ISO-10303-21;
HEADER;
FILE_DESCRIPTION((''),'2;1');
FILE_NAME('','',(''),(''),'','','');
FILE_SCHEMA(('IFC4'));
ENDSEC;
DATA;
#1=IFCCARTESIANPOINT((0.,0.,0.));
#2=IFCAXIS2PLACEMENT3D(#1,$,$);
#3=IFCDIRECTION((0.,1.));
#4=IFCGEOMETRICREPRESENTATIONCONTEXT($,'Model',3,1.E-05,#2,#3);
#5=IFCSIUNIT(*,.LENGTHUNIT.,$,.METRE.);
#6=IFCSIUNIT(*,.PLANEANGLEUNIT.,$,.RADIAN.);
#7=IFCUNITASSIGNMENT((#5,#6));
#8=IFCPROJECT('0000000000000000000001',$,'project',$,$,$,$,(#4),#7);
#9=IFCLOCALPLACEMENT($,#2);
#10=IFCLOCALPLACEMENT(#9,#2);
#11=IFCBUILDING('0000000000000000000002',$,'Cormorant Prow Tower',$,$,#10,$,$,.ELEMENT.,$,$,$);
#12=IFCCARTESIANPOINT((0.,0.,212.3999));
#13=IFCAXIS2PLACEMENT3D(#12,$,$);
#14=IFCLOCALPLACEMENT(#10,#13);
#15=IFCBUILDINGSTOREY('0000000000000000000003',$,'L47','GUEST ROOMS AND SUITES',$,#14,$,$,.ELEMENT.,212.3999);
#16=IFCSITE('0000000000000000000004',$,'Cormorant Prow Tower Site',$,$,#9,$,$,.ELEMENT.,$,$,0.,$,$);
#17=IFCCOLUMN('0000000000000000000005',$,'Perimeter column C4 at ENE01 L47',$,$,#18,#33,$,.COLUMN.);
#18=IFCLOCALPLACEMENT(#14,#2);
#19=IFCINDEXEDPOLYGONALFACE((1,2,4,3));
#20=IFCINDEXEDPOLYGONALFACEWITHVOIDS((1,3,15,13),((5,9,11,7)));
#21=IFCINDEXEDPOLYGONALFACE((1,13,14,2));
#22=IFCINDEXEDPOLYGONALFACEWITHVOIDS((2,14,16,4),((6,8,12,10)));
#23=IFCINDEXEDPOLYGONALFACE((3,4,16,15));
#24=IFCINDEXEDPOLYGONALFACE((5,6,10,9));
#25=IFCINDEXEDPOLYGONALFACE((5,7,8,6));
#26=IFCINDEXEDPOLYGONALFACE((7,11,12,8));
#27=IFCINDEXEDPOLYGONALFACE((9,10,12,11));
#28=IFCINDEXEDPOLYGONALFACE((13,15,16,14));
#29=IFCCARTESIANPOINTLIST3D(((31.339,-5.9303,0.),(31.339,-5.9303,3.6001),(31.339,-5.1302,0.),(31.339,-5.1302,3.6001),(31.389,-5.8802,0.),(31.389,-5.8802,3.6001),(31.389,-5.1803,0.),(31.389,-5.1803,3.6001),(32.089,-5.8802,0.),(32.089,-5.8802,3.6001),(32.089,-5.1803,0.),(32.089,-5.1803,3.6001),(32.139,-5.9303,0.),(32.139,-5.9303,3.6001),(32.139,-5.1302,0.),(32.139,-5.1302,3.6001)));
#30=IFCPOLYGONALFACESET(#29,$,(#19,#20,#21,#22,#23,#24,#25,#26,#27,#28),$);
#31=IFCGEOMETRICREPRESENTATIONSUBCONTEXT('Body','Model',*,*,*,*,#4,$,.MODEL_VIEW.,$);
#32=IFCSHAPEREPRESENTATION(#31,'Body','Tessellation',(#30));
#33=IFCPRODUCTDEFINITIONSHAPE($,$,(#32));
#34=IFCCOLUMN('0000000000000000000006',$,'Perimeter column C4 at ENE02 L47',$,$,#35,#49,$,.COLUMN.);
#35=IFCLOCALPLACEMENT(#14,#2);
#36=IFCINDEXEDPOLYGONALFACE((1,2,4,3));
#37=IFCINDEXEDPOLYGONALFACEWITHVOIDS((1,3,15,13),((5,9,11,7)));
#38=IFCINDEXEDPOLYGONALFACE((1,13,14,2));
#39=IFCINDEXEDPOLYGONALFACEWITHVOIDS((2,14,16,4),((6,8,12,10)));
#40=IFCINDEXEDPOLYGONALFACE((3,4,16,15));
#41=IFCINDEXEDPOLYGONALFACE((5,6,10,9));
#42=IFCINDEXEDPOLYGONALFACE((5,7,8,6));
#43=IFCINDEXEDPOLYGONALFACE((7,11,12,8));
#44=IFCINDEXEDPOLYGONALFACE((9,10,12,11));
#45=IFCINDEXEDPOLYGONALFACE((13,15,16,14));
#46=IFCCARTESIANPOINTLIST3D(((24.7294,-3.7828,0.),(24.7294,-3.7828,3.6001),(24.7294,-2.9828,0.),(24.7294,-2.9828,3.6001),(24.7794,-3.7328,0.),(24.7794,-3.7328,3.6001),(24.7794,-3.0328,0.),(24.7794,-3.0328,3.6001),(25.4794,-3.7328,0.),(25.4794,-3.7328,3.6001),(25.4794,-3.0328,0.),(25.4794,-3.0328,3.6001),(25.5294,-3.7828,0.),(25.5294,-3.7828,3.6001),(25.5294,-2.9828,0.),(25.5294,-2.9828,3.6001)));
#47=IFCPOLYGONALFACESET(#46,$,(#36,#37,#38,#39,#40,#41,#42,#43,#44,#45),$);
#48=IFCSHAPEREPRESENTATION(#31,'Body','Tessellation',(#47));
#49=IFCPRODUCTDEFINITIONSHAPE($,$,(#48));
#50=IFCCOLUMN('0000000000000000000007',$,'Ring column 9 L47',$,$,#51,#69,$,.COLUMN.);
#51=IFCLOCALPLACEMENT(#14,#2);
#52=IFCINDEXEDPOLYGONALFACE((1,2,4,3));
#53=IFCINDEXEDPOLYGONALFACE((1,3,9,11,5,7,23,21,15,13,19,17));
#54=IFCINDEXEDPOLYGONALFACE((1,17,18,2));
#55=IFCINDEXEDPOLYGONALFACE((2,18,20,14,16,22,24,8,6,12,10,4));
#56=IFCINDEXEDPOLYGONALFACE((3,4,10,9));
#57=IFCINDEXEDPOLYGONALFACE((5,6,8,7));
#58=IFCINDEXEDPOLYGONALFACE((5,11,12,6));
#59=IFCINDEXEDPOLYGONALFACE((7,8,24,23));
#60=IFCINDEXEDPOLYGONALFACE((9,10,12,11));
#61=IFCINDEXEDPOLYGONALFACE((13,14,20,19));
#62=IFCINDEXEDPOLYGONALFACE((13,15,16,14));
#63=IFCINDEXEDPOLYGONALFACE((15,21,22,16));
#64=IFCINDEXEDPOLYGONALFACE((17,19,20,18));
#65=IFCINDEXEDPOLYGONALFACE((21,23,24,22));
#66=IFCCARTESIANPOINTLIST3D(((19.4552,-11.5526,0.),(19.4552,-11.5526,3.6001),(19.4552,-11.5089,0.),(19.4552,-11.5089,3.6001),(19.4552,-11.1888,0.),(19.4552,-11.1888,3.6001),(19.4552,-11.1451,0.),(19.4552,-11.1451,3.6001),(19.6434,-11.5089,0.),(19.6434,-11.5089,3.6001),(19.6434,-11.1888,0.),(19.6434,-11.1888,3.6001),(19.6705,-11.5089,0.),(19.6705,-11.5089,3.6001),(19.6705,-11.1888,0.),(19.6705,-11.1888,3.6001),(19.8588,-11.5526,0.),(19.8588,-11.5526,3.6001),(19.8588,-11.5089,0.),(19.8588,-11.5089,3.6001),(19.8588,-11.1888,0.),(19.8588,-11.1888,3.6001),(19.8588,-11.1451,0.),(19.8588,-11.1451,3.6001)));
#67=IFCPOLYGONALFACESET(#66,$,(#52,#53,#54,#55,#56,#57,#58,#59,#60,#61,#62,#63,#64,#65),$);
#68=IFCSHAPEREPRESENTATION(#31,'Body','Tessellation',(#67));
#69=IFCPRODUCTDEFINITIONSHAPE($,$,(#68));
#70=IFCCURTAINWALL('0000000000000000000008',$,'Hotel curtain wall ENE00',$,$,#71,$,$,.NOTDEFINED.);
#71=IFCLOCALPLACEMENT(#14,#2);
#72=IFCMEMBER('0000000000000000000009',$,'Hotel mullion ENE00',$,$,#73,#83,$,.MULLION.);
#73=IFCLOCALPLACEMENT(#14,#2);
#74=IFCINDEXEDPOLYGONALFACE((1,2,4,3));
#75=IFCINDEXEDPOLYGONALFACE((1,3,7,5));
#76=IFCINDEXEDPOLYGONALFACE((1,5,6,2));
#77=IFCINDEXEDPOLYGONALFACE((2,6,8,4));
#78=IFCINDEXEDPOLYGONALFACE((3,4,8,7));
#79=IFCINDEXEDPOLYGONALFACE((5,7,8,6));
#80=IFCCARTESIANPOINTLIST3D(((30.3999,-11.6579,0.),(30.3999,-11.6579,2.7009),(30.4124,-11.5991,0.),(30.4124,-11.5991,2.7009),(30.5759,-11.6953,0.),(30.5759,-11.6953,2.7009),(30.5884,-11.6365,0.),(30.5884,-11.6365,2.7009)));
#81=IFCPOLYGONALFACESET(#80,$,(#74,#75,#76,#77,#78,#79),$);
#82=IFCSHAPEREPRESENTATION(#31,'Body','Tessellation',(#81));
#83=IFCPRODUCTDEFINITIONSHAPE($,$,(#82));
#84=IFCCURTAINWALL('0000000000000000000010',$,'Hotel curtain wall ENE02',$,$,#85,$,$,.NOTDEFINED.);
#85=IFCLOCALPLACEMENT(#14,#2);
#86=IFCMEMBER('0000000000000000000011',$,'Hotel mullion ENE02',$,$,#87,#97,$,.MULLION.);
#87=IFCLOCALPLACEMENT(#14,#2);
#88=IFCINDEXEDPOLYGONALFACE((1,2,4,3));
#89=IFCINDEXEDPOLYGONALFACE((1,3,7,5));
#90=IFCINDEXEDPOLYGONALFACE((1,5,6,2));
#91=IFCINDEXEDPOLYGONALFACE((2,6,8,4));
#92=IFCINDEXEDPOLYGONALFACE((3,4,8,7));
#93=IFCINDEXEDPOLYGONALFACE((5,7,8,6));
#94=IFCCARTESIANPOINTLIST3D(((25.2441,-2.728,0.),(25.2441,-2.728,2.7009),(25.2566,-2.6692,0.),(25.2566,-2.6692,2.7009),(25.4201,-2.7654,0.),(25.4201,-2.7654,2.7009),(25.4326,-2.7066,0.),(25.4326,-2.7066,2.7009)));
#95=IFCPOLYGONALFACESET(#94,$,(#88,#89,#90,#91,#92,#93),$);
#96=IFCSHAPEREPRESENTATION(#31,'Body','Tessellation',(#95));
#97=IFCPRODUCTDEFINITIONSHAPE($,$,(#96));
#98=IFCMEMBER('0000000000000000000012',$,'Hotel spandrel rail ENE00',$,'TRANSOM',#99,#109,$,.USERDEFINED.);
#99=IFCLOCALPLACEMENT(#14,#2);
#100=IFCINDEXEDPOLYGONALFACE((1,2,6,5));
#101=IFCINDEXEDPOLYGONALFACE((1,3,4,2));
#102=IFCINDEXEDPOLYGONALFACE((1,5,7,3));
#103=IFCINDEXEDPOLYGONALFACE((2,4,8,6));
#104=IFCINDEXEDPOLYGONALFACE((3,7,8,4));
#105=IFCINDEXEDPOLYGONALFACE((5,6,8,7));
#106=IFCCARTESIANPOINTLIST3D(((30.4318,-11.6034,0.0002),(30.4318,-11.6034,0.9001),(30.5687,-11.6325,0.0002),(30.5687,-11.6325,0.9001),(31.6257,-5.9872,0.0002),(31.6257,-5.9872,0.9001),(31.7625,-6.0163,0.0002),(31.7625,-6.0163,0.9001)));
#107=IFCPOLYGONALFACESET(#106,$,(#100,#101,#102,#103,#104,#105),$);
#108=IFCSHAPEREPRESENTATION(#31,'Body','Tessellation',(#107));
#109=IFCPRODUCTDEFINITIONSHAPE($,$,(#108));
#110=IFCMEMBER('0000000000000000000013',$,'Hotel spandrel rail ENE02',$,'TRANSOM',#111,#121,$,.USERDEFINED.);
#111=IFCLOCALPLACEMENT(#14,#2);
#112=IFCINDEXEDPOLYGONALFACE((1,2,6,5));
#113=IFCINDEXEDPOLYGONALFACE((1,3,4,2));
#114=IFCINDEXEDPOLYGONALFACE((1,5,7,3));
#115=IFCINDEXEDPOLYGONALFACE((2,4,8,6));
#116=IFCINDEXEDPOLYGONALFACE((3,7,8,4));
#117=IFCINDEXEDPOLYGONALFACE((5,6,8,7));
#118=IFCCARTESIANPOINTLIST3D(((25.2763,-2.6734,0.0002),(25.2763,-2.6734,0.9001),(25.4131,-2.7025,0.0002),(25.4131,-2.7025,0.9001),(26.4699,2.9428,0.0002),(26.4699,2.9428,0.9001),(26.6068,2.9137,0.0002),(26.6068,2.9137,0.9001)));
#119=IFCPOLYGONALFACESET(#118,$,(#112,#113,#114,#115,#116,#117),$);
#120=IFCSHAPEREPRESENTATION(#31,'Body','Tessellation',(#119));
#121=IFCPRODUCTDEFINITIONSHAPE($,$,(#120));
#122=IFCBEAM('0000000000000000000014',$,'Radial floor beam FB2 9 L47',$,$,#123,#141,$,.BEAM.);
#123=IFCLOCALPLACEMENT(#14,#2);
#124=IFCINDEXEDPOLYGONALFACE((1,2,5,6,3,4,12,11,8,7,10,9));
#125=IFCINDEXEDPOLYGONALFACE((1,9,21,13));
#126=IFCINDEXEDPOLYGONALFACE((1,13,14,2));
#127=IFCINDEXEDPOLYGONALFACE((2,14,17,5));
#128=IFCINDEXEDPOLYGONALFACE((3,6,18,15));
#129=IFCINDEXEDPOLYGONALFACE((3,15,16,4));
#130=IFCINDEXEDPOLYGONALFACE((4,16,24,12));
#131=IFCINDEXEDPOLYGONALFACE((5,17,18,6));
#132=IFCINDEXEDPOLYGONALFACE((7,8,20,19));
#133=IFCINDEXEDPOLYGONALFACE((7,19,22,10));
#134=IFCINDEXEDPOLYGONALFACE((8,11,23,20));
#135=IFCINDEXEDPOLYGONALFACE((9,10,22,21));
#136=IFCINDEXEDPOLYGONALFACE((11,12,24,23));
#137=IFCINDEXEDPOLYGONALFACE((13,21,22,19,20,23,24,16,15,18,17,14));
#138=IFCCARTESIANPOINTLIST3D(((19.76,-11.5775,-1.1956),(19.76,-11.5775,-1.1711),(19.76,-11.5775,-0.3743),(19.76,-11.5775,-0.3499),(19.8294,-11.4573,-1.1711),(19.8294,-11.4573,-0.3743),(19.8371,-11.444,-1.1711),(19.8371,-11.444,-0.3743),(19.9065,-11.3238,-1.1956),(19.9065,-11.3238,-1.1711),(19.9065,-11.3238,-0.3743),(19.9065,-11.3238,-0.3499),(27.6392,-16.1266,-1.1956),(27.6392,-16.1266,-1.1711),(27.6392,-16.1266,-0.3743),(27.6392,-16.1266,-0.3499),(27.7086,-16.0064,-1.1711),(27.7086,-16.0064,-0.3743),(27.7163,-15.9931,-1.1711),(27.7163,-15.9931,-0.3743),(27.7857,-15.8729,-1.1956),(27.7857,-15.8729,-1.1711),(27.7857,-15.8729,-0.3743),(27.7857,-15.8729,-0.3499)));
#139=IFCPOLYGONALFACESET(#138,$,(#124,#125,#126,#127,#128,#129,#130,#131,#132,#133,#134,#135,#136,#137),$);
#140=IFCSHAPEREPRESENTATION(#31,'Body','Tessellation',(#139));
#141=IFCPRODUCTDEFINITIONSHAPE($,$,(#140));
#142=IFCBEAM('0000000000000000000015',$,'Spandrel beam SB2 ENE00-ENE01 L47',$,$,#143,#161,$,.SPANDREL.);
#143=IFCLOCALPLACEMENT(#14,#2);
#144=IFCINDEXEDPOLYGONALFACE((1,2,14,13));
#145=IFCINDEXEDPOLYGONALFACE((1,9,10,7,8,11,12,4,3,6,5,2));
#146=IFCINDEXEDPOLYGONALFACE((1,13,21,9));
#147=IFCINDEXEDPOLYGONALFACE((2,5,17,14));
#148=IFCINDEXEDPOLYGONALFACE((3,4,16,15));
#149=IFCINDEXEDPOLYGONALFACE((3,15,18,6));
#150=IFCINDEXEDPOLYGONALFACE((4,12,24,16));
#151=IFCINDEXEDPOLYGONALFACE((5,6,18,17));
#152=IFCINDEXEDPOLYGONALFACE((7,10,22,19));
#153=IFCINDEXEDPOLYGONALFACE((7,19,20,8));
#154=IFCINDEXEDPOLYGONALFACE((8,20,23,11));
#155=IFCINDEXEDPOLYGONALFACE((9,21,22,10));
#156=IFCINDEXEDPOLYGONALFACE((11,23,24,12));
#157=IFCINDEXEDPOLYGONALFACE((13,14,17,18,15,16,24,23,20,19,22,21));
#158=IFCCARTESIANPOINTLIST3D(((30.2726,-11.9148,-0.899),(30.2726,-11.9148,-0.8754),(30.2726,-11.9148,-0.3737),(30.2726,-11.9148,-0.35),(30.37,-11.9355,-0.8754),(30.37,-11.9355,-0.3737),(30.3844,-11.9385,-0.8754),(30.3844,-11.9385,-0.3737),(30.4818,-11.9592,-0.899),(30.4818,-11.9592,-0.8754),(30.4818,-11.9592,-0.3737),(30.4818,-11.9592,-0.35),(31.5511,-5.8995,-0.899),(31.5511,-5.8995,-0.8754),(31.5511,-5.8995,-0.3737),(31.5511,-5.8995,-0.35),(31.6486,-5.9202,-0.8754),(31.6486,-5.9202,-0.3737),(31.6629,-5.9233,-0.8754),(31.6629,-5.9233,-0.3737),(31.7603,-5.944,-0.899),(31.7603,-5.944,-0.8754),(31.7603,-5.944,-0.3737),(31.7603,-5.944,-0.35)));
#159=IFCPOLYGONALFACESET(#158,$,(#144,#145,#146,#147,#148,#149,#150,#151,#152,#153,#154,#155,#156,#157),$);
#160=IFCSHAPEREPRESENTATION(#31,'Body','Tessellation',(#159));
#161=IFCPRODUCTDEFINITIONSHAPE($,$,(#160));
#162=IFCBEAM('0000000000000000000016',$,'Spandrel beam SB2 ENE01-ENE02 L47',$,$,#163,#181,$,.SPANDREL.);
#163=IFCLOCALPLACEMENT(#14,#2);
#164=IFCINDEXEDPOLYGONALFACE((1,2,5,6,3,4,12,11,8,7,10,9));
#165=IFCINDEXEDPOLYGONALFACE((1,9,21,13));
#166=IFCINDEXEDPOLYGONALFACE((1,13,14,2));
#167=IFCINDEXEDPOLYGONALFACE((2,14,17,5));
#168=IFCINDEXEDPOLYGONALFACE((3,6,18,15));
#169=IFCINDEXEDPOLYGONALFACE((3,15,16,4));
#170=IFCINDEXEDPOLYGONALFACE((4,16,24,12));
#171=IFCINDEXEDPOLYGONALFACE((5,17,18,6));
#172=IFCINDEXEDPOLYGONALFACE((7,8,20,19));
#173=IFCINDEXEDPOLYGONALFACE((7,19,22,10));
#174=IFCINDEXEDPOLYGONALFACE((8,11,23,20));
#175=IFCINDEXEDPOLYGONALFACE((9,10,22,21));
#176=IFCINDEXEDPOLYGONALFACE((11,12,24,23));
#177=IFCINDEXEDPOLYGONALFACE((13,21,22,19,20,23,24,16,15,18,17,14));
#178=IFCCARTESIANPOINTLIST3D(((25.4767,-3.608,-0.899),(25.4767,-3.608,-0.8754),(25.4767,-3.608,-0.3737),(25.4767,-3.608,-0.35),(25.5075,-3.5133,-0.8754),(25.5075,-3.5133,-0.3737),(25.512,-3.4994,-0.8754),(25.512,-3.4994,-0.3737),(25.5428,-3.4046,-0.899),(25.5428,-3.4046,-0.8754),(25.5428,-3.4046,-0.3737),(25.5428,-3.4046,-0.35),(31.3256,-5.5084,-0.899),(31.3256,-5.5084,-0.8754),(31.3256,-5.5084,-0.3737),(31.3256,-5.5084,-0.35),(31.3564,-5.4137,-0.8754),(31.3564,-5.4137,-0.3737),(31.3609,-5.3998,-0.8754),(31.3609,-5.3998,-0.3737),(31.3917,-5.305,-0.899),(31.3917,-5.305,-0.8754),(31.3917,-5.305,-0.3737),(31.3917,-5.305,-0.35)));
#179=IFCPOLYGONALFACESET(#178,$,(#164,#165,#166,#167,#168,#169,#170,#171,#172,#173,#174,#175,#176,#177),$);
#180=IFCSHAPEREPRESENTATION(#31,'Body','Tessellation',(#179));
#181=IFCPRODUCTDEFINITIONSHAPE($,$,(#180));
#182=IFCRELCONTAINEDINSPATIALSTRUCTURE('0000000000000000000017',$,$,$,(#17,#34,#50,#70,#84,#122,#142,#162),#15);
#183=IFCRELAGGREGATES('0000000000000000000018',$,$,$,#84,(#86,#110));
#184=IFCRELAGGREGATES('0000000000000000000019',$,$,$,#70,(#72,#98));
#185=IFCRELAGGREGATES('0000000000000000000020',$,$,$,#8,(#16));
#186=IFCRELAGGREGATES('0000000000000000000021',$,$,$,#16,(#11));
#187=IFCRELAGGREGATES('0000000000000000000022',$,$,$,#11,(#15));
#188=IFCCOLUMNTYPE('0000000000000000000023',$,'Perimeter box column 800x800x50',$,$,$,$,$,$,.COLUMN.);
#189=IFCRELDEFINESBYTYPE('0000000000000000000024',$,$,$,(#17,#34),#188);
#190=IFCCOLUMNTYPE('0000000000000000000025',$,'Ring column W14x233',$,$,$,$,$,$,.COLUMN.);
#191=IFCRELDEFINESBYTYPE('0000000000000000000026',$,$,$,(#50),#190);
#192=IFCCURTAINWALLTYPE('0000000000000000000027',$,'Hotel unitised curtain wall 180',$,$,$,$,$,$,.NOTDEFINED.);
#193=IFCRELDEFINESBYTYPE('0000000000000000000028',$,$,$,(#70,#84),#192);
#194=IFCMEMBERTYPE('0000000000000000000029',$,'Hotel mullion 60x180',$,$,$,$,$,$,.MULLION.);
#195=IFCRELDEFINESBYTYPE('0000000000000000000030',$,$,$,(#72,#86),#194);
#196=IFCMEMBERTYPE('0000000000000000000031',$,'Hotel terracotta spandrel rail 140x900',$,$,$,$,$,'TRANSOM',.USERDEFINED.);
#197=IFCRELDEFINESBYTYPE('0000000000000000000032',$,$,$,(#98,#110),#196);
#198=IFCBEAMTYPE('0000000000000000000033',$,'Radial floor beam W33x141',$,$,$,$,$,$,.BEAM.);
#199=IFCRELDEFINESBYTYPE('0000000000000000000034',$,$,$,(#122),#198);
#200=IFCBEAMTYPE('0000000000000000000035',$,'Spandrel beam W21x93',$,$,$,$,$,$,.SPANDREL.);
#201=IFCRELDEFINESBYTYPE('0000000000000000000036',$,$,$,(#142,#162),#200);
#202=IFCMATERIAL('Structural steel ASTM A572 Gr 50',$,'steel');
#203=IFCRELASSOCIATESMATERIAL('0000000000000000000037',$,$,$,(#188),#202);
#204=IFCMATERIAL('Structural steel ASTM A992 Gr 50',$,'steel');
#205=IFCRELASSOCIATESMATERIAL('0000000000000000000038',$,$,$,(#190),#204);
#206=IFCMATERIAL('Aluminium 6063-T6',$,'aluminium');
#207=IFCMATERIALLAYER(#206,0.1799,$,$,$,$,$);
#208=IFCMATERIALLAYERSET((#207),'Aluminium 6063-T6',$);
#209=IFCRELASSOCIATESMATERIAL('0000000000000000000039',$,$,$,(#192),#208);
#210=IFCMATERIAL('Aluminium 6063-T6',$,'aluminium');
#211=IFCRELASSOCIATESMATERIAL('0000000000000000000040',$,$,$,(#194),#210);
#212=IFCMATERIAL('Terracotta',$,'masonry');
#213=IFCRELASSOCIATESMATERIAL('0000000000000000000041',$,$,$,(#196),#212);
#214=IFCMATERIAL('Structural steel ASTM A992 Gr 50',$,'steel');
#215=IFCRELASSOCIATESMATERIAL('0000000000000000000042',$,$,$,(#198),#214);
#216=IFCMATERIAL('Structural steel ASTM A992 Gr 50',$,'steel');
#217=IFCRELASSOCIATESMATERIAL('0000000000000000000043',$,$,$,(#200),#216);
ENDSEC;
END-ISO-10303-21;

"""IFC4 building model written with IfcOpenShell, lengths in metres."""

from ifc_helpers import new_model, si_unit, direction, frame, origin, origin_2d, place, context, subcontext, project, spatial, rectangle, hollow_rectangle, i_section, extrude, material, layer, layer_set, material_profile, profile_set, type_object, element, aggregate, save


model = new_model("IFC4")

# Units and contexts
model_context = context("Model", 3, precision=1e-05, world=origin(), true_north=direction((0.0, 1.0)))
body_context = subcontext(model_context, "Body", "Model", "MODEL_VIEW")
ifc_project = project(units=[si_unit("LENGTHUNIT", "METRE"), si_unit("PLANEANGLEUNIT", "RADIAN")], contexts=[model_context])

# Site, building, storey
site_placement = place(None, origin())
site = spatial("IfcSite", under=ifc_project, at=site_placement, Name="Cormorant Prow Tower Site", CompositionType="ELEMENT", RefElevation=0.0)
building_placement = place(site_placement, origin())
building = spatial("IfcBuilding", under=site, at=building_placement, Name="Cormorant Prow Tower", CompositionType="ELEMENT")
storey_placement = place(building_placement, frame((0.0, 0.0, 212.3999)))
storey = spatial("IfcBuildingStorey", under=building, at=storey_placement, Name="L47", Description="GUEST ROOMS AND SUITES", CompositionType="ELEMENT", Elevation=212.3999)

# Columns
ifc_material_1 = material(Name="Structural steel ASTM A572 Gr 50", Category="steel")
ifc_material_profile_1 = material_profile(ifc_material_1, hollow_rectangle(XDim=0.8, YDim=0.8, WallThickness=0.05, at=origin_2d()), Name="Box 800x800x50")
ifc_profile_set_1 = profile_set([ifc_material_profile_1], Name="Structural steel ASTM A572 Gr 50")
column_type_1 = type_object("IfcColumnType", Name="Perimeter box column 800x800x50", PredefinedType="COLUMN", material=ifc_profile_set_1)
for number, where, z_axis, x_axis, name in (
    (1, (31.739, -5.5303, 0.0), (0.0, 0.0, 1.0), (1.0, 0.0, 0.0), "Perimeter column C4 at ENE01 L47"),
    (2, (25.1294, -3.3828, 0.0), (0.0, 0.0, 1.0), (1.0, 0.0, 0.0), "Perimeter column C4 at ENE02 L47"),
):
    element("IfcColumn", number, at=place(storey_placement, frame(where, z_axis=z_axis, x_axis=x_axis)), inside=storey, type_object=column_type_1, Name=name, PredefinedType="COLUMN", context=body_context, shape_type="SweptSolid", body=[
        extrude(hollow_rectangle(XDim=0.8, YDim=0.8, WallThickness=0.05, at=origin_2d()), origin(), (0.0, 0.0, 1.0), 3.6001),
    ])
ifc_material_2 = material(Name="Structural steel ASTM A992 Gr 50", Category="steel")
ifc_material_profile_2 = material_profile(ifc_material_2, i_section(OverallWidth=0.4036, OverallDepth=0.4075, WebThickness=0.0271, FlangeThickness=0.0437, at=origin_2d()), Name="W14x233")
ifc_profile_set_2 = profile_set([ifc_material_profile_2], Name="Structural steel ASTM A992 Gr 50")
column_type_2 = type_object("IfcColumnType", Name="Ring column W14x233", PredefinedType="COLUMN", material=ifc_profile_set_2)
column_placement = place(storey_placement, frame((19.657, -11.3489, 0.0), z_axis=(0.0, 0.0, 1.0), x_axis=(1.0, 0.0, 0.0)))
element("IfcColumn", 3, at=column_placement, inside=storey, type_object=column_type_2, Name="Ring column 9 L47", PredefinedType="COLUMN", context=body_context, shape_type="SweptSolid", body=[
    extrude(i_section(OverallWidth=0.4036, OverallDepth=0.4075, WebThickness=0.0271, FlangeThickness=0.0437, at=origin_2d()), origin(), (0.0, 0.0, 1.0), 3.6001),
])

# Curtain walls, members
ifc_material_3 = material(Name="Aluminium 6063-T6", Category="aluminium")
ifc_layer_1 = layer(ifc_material_3, 0.1799)
ifc_layer_set_1 = layer_set([ifc_layer_1], Name="Aluminium 6063-T6")
curtain_wall_type = type_object("IfcCurtainWallType", Name="Hotel unitised curtain wall 180", PredefinedType="NOTDEFINED", material=ifc_layer_set_1)
curtain_wall_1_placement = place(storey_placement, origin())
curtain_wall_1 = element("IfcCurtainWall", 4, at=curtain_wall_1_placement, inside=storey, type_object=curtain_wall_type, Name="Hotel curtain wall ENE00", PredefinedType="NOTDEFINED")
ifc_material_4 = material(Name="Aluminium 6063-T6", Category="aluminium")
ifc_material_profile_3 = material_profile(ifc_material_4, rectangle(XDim=0.1799, YDim=0.0601, at=origin_2d()), Name="Hotel mullion 60x180")
ifc_profile_set_3 = profile_set([ifc_material_profile_3], Name="Aluminium 6063-T6")
member_type_1 = type_object("IfcMemberType", Name="Hotel mullion 60x180", PredefinedType="MULLION", material=ifc_profile_set_3)
member_1_placement = place(storey_placement, frame((30.4941, -11.6472, 0.0), z_axis=(0.0, 0.0, 1.0), x_axis=(-0.978148, 0.207912, 0.0)))
member_1 = element("IfcMember", 5, at=member_1_placement, type_object=member_type_1, Name="Hotel mullion ENE00", PredefinedType="MULLION", context=body_context, shape_type="SweptSolid", body=[
    extrude(rectangle(XDim=0.1799, YDim=0.0601, at=origin_2d()), origin(), (0.0, 0.0, 1.0), 2.7009),
])
curtain_wall_2_placement = place(storey_placement, origin())
curtain_wall_2 = element("IfcCurtainWall", 6, at=curtain_wall_2_placement, inside=storey, type_object=curtain_wall_type, Name="Hotel curtain wall ENE02", PredefinedType="NOTDEFINED")
member_2_placement = place(storey_placement, frame((25.3384, -2.7173, 0.0), z_axis=(0.0, 0.0, 1.0), x_axis=(-0.978148, 0.207912, 0.0)))
member_2 = element("IfcMember", 7, at=member_2_placement, type_object=member_type_1, Name="Hotel mullion ENE02", PredefinedType="MULLION", context=body_context, shape_type="SweptSolid", body=[
    extrude(rectangle(XDim=0.1799, YDim=0.0601, at=origin_2d()), origin(), (0.0, 0.0, 1.0), 2.7009),
])

# Members
ifc_material_5 = material(Name="Terracotta", Category="masonry")
ifc_material_profile_4 = material_profile(ifc_material_5, rectangle(XDim=0.1399, YDim=0.8999, at=origin_2d()), Name="Hotel terracotta spandrel rail 140x900")
ifc_profile_set_4 = profile_set([ifc_material_profile_4], Name="Terracotta")
member_type_2 = type_object("IfcMemberType", Name="Hotel terracotta spandrel rail 140x900", ElementType="TRANSOM", PredefinedType="USERDEFINED", material=ifc_profile_set_4)
member_3_placement = place(storey_placement, frame((30.5002, -11.6179, 0.4502), z_axis=(0.207926, 0.978145, 0.0), x_axis=(-0.978145, 0.207926, 0.0)))
member_3 = element("IfcMember", 8, at=member_3_placement, type_object=member_type_2, Name="Hotel spandrel rail ENE00", ObjectType="TRANSOM", PredefinedType="USERDEFINED", context=body_context, shape_type="SweptSolid", body=[
    extrude(rectangle(XDim=0.1399, YDim=0.8999, at=origin_2d()), origin(), (0.0, 0.0, 1.0), 5.7417),
])
member_4_placement = place(storey_placement, frame((25.3447, -2.688, 0.4502), z_axis=(0.207885, 0.978153, 0.0), x_axis=(-0.978153, 0.207885, 0.0)))
member_4 = element("IfcMember", 9, at=member_4_placement, type_object=member_type_2, Name="Hotel spandrel rail ENE02", ObjectType="TRANSOM", PredefinedType="USERDEFINED", context=body_context, shape_type="SweptSolid", body=[
    extrude(rectangle(XDim=0.1399, YDim=0.8999, at=origin_2d()), origin(), (0.0, 0.0, 1.0), 5.7417),
])
aggregate(curtain_wall_2, [member_2, member_4])

# Beams
ifc_material_6 = material(Name="Structural steel ASTM A992 Gr 50", Category="steel")
ifc_material_profile_5 = material_profile(ifc_material_6, i_section(OverallWidth=0.293, OverallDepth=0.8457, WebThickness=0.0154, FlangeThickness=0.0244, at=origin_2d()), Name="W33x141")
ifc_profile_set_5 = profile_set([ifc_material_profile_5], Name="Structural steel ASTM A992 Gr 50")
beam_type_1 = type_object("IfcBeamType", Name="Radial floor beam W33x141", PredefinedType="BEAM", material=ifc_profile_set_5)
beam_1_placement = place(storey_placement, frame((19.8333, -11.4507, -0.7727), z_axis=(0.866023, -0.500004, 0.0), x_axis=(0.500004, 0.866023, 0.0)))
element("IfcBeam", 10, at=beam_1_placement, inside=storey, type_object=beam_type_1, Name="Radial floor beam FB2 9 L47", PredefinedType="BEAM", context=body_context, shape_type="SweptSolid", body=[
    extrude(i_section(OverallWidth=0.293, OverallDepth=0.8457, WebThickness=0.0154, FlangeThickness=0.0244, at=origin_2d()), origin(), (0.0, 0.0, 1.0), 9.0981),
])
ifc_material_7 = material(Name="Structural steel ASTM A992 Gr 50", Category="steel")
ifc_material_profile_6 = material_profile(ifc_material_7, i_section(OverallWidth=0.2139, OverallDepth=0.5491, WebThickness=0.0146, FlangeThickness=0.0237, at=origin_2d()), Name="W21x93")
ifc_profile_set_6 = profile_set([ifc_material_profile_6], Name="Structural steel ASTM A992 Gr 50")
beam_type_2 = type_object("IfcBeamType", Name="Spandrel beam W21x93", PredefinedType="SPANDREL", material=ifc_profile_set_6)
beam_2_placement = place(storey_placement, frame((30.3772, -11.937, -0.6245), z_axis=(0.207905, 0.978149, 0.0), x_axis=(-0.978149, 0.207905, 0.0)))
element("IfcBeam", 11, at=beam_2_placement, inside=storey, type_object=beam_type_2, Name="Spandrel beam SB2 ENE00-ENE01 L47", PredefinedType="SPANDREL", context=body_context, shape_type="SweptSolid", body=[
    extrude(i_section(OverallWidth=0.2139, OverallDepth=0.5491, WebThickness=0.0146, FlangeThickness=0.0237, at=origin_2d()), origin(), (0.0, 0.0, 1.0), 6.1497),
])
beam_3_placement = place(storey_placement, frame((31.3586, -5.4067, -0.6245), z_axis=(-0.951058, 0.309013, 0.0), x_axis=(-0.309013, -0.951058, 0.0)))
element("IfcBeam", 12, at=beam_3_placement, inside=storey, type_object=beam_type_2, Name="Spandrel beam SB2 ENE01-ENE02 L47", PredefinedType="SPANDREL", context=body_context, shape_type="SweptSolid", body=[
    extrude(i_section(OverallWidth=0.2139, OverallDepth=0.5491, WebThickness=0.0146, FlangeThickness=0.0237, at=origin_2d()), origin(), (0.0, 0.0, 1.0), 6.1499),
])

aggregate(curtain_wall_1, [member_1, member_3])

save(model, "model.ifc")
